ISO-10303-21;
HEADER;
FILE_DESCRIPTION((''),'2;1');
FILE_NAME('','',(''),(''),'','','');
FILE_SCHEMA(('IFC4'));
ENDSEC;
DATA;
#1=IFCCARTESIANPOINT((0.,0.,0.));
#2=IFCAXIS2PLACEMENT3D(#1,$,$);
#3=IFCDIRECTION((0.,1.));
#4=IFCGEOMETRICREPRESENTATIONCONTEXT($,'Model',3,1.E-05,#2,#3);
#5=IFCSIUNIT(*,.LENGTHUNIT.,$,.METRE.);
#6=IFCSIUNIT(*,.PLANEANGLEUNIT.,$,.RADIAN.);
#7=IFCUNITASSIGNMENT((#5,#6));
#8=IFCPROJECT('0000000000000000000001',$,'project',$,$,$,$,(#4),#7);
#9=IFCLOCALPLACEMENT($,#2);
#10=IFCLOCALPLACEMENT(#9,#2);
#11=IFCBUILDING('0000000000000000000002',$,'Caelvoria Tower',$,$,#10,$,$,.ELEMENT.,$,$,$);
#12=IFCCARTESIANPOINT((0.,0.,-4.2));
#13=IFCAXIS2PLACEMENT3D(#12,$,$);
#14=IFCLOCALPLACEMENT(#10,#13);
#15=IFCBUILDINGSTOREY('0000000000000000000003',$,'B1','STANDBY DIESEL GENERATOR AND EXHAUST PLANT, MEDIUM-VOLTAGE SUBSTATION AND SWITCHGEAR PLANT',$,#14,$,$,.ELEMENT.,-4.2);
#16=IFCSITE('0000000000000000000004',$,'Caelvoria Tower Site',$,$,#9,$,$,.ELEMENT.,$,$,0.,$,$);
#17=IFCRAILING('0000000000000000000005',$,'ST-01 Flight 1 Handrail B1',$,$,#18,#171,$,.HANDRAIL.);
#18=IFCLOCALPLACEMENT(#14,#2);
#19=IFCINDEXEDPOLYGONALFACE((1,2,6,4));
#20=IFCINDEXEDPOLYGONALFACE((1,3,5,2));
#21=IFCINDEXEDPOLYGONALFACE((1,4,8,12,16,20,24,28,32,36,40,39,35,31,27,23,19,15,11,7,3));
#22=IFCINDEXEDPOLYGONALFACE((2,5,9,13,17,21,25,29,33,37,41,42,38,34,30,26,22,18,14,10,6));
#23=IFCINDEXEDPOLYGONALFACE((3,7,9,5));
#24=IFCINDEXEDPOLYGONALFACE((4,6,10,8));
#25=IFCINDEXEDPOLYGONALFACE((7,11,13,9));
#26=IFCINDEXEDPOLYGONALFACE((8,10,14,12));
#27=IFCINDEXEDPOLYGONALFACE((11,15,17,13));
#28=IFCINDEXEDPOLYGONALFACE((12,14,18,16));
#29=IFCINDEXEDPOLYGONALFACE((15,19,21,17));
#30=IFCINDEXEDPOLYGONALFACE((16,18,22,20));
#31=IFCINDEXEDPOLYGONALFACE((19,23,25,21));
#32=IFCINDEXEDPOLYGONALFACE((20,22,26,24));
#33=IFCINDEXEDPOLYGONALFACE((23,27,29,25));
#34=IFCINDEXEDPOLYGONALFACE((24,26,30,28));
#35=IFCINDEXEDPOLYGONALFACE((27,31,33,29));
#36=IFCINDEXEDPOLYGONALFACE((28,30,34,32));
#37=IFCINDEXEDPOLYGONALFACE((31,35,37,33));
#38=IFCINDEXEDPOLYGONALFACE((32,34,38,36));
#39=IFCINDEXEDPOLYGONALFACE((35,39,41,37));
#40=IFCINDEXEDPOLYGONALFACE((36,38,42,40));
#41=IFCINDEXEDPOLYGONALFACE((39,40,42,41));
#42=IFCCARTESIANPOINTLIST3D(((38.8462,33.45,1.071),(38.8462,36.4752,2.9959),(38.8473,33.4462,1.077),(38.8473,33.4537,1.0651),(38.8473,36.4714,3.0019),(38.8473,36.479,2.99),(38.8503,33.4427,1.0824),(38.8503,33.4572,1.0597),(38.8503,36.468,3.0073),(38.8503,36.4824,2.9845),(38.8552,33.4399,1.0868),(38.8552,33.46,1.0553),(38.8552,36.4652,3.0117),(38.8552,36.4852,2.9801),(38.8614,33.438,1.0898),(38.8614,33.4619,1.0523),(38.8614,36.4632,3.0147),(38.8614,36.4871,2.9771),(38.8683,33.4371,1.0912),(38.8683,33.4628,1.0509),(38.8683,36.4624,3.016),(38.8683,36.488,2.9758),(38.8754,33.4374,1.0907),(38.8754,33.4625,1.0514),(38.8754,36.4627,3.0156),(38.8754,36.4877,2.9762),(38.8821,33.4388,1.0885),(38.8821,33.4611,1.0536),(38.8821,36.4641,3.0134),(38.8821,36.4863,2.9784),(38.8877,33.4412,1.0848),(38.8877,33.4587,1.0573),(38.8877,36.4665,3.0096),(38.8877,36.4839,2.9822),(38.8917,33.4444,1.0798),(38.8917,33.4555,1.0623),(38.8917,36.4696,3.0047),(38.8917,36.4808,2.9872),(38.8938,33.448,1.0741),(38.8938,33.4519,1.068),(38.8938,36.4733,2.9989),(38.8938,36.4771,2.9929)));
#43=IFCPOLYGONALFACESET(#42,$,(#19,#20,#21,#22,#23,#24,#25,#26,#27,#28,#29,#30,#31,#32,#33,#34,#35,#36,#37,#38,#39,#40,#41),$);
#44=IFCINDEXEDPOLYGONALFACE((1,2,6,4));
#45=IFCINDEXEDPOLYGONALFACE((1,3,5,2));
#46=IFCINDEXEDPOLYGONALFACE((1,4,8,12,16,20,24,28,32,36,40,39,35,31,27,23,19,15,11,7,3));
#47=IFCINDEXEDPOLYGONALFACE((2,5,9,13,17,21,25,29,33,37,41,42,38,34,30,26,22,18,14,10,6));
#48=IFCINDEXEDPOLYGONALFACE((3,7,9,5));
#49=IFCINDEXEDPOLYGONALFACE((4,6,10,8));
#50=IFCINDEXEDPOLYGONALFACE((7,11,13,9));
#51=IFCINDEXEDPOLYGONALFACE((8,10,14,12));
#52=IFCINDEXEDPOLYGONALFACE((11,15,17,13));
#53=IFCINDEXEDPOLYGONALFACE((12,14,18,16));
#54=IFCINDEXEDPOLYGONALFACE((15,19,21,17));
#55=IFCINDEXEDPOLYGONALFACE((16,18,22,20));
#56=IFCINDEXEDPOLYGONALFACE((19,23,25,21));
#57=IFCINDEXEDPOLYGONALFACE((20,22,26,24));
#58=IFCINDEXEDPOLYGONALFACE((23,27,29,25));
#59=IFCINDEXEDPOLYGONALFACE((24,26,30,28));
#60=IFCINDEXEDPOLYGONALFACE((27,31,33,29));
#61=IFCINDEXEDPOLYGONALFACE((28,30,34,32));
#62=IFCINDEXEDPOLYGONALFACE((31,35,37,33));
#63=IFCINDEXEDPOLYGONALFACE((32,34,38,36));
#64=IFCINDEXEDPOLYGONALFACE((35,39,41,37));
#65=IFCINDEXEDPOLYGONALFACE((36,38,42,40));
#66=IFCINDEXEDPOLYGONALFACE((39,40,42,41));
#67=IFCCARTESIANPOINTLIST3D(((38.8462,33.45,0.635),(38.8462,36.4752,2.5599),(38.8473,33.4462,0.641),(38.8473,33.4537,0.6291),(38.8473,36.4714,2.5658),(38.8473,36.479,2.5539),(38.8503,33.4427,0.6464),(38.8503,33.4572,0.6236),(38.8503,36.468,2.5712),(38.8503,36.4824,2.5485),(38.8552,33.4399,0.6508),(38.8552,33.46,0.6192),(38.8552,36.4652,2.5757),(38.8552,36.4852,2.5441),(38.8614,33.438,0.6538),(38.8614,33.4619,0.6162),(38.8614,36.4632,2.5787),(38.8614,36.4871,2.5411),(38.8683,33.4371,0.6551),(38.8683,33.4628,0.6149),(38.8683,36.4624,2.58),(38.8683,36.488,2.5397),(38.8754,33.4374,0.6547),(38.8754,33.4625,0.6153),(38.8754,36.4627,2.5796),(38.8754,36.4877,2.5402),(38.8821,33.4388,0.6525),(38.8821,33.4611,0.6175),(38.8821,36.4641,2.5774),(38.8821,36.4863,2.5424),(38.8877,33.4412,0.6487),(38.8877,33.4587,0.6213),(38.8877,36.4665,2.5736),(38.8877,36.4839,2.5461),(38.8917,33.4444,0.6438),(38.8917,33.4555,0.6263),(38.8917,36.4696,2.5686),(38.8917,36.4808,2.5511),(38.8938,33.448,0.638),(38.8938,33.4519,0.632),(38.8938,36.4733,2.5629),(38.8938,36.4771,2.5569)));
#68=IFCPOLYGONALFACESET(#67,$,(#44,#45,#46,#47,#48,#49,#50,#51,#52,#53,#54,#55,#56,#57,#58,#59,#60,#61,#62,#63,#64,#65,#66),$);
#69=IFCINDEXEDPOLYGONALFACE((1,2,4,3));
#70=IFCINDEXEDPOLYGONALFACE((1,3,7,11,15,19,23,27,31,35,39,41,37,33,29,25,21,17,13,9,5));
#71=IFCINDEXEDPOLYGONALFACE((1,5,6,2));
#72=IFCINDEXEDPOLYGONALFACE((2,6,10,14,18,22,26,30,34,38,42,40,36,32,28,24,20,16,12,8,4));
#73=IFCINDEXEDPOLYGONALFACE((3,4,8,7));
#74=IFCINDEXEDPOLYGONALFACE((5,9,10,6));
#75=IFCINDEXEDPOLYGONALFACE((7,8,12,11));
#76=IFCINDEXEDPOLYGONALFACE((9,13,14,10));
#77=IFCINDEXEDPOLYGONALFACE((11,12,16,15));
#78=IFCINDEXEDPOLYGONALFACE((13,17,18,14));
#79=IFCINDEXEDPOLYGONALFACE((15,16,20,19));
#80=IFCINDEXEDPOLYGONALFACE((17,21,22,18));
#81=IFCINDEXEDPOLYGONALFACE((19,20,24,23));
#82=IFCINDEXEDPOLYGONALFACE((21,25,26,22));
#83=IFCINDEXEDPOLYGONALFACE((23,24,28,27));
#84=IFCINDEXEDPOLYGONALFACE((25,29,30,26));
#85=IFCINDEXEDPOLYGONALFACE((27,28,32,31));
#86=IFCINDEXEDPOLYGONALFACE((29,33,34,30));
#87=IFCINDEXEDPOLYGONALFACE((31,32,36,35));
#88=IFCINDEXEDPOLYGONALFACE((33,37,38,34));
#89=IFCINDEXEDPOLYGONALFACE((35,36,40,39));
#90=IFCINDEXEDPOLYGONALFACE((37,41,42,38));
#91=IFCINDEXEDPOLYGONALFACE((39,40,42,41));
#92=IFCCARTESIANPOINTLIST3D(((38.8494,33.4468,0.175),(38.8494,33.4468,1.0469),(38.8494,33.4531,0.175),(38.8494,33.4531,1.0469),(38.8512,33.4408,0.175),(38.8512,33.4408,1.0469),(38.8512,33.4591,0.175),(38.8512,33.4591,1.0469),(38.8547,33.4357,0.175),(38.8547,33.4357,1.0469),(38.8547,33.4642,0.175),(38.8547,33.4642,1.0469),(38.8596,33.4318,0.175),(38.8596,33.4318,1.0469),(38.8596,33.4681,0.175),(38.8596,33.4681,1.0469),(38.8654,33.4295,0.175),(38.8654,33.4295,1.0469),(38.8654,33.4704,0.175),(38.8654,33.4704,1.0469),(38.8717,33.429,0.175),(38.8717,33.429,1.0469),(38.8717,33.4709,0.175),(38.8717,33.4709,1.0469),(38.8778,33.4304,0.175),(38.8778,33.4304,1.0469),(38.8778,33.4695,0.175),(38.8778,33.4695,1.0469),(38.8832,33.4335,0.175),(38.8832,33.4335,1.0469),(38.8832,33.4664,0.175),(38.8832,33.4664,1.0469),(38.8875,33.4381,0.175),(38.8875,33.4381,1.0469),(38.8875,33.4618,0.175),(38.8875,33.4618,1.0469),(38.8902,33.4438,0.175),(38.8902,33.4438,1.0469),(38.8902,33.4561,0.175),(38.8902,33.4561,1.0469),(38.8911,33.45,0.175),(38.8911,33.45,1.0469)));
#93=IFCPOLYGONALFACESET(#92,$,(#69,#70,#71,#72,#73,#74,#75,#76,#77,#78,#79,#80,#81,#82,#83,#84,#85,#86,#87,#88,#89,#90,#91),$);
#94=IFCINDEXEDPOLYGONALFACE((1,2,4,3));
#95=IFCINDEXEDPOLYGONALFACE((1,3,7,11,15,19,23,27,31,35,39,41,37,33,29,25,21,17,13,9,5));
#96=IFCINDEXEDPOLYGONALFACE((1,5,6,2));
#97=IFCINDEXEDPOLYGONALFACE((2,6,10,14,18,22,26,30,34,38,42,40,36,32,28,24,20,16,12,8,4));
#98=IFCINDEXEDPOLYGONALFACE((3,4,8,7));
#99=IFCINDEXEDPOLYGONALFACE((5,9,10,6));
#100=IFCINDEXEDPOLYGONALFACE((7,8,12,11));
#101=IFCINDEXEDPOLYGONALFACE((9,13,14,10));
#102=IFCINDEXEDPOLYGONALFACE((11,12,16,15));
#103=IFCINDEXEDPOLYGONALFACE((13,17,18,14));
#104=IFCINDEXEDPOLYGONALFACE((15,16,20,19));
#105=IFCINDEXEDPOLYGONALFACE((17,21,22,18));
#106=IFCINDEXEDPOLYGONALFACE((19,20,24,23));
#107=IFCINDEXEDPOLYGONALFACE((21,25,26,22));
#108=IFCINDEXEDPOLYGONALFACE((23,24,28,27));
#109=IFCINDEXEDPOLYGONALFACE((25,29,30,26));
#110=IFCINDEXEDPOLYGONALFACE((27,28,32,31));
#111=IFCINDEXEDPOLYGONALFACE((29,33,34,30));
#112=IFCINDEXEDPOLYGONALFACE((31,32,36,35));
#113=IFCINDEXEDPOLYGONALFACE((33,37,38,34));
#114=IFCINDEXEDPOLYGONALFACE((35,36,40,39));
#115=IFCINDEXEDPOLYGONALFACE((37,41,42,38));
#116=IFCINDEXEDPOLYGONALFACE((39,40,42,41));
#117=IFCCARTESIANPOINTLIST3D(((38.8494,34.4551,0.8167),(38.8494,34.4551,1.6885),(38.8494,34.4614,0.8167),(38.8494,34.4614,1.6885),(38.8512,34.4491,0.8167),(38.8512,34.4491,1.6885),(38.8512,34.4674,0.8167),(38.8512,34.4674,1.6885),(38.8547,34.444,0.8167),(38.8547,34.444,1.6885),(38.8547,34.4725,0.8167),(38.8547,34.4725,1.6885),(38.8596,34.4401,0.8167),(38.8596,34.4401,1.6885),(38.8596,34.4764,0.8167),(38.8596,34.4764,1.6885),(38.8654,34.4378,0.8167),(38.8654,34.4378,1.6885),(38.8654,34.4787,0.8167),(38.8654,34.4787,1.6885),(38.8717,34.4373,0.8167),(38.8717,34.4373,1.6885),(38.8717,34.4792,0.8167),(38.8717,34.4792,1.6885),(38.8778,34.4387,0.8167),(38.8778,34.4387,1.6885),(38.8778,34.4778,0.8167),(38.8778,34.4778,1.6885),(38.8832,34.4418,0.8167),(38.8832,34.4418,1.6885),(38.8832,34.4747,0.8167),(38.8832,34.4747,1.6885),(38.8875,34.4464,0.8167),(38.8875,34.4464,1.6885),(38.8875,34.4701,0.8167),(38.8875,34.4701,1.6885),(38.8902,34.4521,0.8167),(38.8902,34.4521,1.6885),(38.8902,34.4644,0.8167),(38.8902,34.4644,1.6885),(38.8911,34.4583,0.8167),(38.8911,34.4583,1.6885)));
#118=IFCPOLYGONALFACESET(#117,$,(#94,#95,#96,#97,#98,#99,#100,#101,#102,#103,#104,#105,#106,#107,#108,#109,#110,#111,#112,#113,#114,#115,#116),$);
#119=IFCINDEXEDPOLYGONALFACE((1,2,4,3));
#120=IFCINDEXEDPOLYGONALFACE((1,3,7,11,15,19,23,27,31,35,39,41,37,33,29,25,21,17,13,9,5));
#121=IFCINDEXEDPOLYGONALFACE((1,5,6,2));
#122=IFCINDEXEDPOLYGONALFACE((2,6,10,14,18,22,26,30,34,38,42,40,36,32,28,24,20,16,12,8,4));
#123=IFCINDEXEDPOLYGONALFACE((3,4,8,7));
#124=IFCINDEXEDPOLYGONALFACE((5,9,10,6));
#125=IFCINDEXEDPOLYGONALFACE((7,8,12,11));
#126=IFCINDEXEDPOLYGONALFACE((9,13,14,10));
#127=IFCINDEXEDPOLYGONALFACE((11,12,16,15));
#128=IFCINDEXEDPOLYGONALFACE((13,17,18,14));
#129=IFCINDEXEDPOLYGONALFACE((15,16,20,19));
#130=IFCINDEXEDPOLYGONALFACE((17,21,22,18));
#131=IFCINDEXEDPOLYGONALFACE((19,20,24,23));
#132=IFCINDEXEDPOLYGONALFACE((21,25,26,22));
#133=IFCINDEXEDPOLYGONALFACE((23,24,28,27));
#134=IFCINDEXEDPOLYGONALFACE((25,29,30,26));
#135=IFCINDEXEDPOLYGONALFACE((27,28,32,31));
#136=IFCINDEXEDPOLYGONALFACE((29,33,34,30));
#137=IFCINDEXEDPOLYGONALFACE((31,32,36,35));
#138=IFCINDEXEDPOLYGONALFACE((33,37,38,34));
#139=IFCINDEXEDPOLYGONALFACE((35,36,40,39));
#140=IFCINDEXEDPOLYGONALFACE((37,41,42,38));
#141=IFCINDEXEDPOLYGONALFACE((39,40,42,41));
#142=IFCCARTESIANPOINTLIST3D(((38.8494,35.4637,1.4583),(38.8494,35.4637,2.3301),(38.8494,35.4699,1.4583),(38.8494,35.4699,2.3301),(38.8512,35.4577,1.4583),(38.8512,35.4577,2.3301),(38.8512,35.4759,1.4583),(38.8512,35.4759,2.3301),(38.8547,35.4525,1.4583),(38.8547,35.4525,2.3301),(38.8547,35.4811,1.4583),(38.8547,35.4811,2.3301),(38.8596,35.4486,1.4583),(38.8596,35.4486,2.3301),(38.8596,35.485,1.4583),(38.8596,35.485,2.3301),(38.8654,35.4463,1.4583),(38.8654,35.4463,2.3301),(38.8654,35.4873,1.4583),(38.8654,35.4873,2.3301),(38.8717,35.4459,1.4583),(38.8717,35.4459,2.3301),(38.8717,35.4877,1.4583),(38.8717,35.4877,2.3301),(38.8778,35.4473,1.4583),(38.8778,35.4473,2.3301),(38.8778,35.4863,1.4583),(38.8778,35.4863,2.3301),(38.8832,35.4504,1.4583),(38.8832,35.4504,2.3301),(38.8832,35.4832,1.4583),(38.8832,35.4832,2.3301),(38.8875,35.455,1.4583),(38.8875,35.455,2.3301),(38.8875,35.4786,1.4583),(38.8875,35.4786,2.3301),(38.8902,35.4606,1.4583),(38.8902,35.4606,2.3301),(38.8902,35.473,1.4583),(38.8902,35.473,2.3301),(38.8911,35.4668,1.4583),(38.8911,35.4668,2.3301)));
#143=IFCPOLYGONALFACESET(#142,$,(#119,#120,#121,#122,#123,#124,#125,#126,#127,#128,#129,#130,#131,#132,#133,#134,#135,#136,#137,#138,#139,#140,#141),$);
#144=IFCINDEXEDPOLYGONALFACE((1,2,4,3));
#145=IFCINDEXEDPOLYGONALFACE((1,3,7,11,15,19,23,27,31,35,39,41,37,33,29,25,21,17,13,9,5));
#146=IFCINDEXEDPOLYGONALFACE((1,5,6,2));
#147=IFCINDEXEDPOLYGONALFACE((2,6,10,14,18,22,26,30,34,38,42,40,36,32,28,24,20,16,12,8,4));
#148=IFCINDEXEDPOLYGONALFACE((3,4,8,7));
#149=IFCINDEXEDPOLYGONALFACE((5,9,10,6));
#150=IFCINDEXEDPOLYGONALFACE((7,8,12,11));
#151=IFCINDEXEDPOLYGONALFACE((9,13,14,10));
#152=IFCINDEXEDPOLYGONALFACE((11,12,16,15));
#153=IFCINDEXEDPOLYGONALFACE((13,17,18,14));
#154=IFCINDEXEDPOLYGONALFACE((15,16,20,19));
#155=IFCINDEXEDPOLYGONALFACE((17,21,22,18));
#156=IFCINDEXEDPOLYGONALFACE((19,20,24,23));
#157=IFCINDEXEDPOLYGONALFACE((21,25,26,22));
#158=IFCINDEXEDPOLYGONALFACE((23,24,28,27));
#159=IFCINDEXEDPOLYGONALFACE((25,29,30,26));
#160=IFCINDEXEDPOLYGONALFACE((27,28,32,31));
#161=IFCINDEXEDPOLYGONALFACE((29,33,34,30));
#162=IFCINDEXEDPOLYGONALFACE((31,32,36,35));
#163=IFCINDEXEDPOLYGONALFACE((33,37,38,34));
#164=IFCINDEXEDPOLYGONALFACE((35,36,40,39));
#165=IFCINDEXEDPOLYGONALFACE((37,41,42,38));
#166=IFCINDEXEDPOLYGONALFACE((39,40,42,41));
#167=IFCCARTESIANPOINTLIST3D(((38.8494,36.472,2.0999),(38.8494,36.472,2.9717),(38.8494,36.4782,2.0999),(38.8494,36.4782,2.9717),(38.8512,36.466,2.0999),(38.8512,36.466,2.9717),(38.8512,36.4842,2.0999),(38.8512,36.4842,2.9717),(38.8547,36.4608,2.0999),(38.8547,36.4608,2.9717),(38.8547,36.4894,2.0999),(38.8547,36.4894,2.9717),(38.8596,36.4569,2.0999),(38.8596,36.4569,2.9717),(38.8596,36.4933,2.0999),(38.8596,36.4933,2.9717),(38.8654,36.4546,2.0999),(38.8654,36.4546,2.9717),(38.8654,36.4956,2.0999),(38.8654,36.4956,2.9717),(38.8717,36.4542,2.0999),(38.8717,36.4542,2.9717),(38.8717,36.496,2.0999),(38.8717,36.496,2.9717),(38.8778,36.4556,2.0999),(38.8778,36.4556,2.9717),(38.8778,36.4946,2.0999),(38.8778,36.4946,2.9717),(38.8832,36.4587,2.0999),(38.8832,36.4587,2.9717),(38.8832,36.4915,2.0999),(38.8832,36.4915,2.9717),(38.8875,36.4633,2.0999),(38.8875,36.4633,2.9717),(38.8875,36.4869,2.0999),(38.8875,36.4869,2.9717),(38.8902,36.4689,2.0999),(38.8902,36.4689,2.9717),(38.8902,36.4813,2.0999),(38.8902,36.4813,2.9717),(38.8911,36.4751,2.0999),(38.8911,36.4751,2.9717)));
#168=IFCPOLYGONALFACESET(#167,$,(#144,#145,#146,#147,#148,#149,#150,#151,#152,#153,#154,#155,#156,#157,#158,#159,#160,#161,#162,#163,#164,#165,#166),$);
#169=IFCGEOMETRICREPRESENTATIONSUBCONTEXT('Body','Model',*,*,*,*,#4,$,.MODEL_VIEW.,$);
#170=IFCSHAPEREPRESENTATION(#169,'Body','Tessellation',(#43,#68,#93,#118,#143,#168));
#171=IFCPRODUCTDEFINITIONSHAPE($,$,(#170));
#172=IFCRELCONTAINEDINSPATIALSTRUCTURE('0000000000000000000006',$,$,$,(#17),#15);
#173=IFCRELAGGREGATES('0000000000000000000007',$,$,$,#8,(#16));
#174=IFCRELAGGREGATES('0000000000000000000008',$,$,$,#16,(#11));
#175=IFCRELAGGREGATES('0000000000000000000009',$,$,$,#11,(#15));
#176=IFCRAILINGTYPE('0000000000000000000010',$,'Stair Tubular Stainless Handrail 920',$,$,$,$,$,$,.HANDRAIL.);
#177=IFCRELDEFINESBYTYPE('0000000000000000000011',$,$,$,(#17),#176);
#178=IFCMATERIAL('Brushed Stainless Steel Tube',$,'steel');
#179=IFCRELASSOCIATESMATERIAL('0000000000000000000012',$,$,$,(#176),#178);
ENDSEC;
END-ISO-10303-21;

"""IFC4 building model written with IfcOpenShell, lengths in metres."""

from ifc_helpers import new_model, si_unit, direction, frame, origin, origin_2d, place, context, subcontext, project, spatial, circle, extrude, material, type_object, element, save


model = new_model("IFC4")

# Units and contexts
model_context = context("Model", 3, precision=1e-05, world=origin(), true_north=direction((0.0, 1.0)))
body_context = subcontext(model_context, "Body", "Model", "MODEL_VIEW")
ifc_project = project(units=[si_unit("LENGTHUNIT", "METRE"), si_unit("PLANEANGLEUNIT", "RADIAN")], contexts=[model_context])

# Site, building, storey
site_placement = place(None, origin())
site = spatial("IfcSite", under=ifc_project, at=site_placement, Name="Caelvoria Tower Site", CompositionType="ELEMENT", RefElevation=0.0)
building_placement = place(site_placement, origin())
building = spatial("IfcBuilding", under=site, at=building_placement, Name="Caelvoria Tower", CompositionType="ELEMENT")
storey_placement = place(building_placement, frame((0.0, 0.0, -4.2)))
storey = spatial("IfcBuildingStorey", under=building, at=storey_placement, Name="B1", Description="STANDBY DIESEL GENERATOR AND EXHAUST PLANT, MEDIUM-VOLTAGE SUBSTATION AND SWITCHGEAR PLANT", CompositionType="ELEMENT", Elevation=-4.2)

# Railing
ifc_material_1 = material(Name="Brushed Stainless Steel Tube", Category="steel")
railing_type_1 = type_object("IfcRailingType", Name="Stair Tubular Stainless Handrail 920", PredefinedType="HANDRAIL", material=ifc_material_1)
railing_1_placement = place(storey_placement, frame((38.8701, 33.45, 0.175)))
element("IfcRailing", 1, at=railing_1_placement, inside=storey, type_object=railing_type_1, Name="ST-01 Flight 1 Handrail B1", PredefinedType="HANDRAIL", context=body_context, shape_type="SweptSolid", body=[
    extrude(circle(Radius=0.0239, at=origin_2d()), frame((0.0, 0.0, 0.896), z_axis=(0.0, 0.843698, 0.536818), x_axis=(-1.0, 0.0, 0.0)), (0.0, 0.0, 1.0), 3.5857),
    extrude(circle(Radius=0.0239, at=origin_2d()), frame((0.0, 0.0, 0.46), z_axis=(0.0, 0.843698, 0.536818), x_axis=(-1.0, 0.0, 0.0)), (0.0, 0.0, 1.0), 3.5857),
    extrude(circle(Radius=0.021, at=origin_2d()), origin(), (0.0, 0.0, 1.0), 0.8718),
    extrude(circle(Radius=0.021, at=origin_2d()), frame((0.0, 1.0083, 0.6416)), (0.0, 0.0, 1.0), 0.8718),
    extrude(circle(Radius=0.021, at=origin_2d()), frame((0.0, 2.0168, 1.2832)), (0.0, 0.0, 1.0), 0.8718),
    extrude(circle(Radius=0.021, at=origin_2d()), frame((0.0, 3.0251, 1.9248)), (0.0, 0.0, 1.0), 0.8718),
])

save(model, "model.ifc")
